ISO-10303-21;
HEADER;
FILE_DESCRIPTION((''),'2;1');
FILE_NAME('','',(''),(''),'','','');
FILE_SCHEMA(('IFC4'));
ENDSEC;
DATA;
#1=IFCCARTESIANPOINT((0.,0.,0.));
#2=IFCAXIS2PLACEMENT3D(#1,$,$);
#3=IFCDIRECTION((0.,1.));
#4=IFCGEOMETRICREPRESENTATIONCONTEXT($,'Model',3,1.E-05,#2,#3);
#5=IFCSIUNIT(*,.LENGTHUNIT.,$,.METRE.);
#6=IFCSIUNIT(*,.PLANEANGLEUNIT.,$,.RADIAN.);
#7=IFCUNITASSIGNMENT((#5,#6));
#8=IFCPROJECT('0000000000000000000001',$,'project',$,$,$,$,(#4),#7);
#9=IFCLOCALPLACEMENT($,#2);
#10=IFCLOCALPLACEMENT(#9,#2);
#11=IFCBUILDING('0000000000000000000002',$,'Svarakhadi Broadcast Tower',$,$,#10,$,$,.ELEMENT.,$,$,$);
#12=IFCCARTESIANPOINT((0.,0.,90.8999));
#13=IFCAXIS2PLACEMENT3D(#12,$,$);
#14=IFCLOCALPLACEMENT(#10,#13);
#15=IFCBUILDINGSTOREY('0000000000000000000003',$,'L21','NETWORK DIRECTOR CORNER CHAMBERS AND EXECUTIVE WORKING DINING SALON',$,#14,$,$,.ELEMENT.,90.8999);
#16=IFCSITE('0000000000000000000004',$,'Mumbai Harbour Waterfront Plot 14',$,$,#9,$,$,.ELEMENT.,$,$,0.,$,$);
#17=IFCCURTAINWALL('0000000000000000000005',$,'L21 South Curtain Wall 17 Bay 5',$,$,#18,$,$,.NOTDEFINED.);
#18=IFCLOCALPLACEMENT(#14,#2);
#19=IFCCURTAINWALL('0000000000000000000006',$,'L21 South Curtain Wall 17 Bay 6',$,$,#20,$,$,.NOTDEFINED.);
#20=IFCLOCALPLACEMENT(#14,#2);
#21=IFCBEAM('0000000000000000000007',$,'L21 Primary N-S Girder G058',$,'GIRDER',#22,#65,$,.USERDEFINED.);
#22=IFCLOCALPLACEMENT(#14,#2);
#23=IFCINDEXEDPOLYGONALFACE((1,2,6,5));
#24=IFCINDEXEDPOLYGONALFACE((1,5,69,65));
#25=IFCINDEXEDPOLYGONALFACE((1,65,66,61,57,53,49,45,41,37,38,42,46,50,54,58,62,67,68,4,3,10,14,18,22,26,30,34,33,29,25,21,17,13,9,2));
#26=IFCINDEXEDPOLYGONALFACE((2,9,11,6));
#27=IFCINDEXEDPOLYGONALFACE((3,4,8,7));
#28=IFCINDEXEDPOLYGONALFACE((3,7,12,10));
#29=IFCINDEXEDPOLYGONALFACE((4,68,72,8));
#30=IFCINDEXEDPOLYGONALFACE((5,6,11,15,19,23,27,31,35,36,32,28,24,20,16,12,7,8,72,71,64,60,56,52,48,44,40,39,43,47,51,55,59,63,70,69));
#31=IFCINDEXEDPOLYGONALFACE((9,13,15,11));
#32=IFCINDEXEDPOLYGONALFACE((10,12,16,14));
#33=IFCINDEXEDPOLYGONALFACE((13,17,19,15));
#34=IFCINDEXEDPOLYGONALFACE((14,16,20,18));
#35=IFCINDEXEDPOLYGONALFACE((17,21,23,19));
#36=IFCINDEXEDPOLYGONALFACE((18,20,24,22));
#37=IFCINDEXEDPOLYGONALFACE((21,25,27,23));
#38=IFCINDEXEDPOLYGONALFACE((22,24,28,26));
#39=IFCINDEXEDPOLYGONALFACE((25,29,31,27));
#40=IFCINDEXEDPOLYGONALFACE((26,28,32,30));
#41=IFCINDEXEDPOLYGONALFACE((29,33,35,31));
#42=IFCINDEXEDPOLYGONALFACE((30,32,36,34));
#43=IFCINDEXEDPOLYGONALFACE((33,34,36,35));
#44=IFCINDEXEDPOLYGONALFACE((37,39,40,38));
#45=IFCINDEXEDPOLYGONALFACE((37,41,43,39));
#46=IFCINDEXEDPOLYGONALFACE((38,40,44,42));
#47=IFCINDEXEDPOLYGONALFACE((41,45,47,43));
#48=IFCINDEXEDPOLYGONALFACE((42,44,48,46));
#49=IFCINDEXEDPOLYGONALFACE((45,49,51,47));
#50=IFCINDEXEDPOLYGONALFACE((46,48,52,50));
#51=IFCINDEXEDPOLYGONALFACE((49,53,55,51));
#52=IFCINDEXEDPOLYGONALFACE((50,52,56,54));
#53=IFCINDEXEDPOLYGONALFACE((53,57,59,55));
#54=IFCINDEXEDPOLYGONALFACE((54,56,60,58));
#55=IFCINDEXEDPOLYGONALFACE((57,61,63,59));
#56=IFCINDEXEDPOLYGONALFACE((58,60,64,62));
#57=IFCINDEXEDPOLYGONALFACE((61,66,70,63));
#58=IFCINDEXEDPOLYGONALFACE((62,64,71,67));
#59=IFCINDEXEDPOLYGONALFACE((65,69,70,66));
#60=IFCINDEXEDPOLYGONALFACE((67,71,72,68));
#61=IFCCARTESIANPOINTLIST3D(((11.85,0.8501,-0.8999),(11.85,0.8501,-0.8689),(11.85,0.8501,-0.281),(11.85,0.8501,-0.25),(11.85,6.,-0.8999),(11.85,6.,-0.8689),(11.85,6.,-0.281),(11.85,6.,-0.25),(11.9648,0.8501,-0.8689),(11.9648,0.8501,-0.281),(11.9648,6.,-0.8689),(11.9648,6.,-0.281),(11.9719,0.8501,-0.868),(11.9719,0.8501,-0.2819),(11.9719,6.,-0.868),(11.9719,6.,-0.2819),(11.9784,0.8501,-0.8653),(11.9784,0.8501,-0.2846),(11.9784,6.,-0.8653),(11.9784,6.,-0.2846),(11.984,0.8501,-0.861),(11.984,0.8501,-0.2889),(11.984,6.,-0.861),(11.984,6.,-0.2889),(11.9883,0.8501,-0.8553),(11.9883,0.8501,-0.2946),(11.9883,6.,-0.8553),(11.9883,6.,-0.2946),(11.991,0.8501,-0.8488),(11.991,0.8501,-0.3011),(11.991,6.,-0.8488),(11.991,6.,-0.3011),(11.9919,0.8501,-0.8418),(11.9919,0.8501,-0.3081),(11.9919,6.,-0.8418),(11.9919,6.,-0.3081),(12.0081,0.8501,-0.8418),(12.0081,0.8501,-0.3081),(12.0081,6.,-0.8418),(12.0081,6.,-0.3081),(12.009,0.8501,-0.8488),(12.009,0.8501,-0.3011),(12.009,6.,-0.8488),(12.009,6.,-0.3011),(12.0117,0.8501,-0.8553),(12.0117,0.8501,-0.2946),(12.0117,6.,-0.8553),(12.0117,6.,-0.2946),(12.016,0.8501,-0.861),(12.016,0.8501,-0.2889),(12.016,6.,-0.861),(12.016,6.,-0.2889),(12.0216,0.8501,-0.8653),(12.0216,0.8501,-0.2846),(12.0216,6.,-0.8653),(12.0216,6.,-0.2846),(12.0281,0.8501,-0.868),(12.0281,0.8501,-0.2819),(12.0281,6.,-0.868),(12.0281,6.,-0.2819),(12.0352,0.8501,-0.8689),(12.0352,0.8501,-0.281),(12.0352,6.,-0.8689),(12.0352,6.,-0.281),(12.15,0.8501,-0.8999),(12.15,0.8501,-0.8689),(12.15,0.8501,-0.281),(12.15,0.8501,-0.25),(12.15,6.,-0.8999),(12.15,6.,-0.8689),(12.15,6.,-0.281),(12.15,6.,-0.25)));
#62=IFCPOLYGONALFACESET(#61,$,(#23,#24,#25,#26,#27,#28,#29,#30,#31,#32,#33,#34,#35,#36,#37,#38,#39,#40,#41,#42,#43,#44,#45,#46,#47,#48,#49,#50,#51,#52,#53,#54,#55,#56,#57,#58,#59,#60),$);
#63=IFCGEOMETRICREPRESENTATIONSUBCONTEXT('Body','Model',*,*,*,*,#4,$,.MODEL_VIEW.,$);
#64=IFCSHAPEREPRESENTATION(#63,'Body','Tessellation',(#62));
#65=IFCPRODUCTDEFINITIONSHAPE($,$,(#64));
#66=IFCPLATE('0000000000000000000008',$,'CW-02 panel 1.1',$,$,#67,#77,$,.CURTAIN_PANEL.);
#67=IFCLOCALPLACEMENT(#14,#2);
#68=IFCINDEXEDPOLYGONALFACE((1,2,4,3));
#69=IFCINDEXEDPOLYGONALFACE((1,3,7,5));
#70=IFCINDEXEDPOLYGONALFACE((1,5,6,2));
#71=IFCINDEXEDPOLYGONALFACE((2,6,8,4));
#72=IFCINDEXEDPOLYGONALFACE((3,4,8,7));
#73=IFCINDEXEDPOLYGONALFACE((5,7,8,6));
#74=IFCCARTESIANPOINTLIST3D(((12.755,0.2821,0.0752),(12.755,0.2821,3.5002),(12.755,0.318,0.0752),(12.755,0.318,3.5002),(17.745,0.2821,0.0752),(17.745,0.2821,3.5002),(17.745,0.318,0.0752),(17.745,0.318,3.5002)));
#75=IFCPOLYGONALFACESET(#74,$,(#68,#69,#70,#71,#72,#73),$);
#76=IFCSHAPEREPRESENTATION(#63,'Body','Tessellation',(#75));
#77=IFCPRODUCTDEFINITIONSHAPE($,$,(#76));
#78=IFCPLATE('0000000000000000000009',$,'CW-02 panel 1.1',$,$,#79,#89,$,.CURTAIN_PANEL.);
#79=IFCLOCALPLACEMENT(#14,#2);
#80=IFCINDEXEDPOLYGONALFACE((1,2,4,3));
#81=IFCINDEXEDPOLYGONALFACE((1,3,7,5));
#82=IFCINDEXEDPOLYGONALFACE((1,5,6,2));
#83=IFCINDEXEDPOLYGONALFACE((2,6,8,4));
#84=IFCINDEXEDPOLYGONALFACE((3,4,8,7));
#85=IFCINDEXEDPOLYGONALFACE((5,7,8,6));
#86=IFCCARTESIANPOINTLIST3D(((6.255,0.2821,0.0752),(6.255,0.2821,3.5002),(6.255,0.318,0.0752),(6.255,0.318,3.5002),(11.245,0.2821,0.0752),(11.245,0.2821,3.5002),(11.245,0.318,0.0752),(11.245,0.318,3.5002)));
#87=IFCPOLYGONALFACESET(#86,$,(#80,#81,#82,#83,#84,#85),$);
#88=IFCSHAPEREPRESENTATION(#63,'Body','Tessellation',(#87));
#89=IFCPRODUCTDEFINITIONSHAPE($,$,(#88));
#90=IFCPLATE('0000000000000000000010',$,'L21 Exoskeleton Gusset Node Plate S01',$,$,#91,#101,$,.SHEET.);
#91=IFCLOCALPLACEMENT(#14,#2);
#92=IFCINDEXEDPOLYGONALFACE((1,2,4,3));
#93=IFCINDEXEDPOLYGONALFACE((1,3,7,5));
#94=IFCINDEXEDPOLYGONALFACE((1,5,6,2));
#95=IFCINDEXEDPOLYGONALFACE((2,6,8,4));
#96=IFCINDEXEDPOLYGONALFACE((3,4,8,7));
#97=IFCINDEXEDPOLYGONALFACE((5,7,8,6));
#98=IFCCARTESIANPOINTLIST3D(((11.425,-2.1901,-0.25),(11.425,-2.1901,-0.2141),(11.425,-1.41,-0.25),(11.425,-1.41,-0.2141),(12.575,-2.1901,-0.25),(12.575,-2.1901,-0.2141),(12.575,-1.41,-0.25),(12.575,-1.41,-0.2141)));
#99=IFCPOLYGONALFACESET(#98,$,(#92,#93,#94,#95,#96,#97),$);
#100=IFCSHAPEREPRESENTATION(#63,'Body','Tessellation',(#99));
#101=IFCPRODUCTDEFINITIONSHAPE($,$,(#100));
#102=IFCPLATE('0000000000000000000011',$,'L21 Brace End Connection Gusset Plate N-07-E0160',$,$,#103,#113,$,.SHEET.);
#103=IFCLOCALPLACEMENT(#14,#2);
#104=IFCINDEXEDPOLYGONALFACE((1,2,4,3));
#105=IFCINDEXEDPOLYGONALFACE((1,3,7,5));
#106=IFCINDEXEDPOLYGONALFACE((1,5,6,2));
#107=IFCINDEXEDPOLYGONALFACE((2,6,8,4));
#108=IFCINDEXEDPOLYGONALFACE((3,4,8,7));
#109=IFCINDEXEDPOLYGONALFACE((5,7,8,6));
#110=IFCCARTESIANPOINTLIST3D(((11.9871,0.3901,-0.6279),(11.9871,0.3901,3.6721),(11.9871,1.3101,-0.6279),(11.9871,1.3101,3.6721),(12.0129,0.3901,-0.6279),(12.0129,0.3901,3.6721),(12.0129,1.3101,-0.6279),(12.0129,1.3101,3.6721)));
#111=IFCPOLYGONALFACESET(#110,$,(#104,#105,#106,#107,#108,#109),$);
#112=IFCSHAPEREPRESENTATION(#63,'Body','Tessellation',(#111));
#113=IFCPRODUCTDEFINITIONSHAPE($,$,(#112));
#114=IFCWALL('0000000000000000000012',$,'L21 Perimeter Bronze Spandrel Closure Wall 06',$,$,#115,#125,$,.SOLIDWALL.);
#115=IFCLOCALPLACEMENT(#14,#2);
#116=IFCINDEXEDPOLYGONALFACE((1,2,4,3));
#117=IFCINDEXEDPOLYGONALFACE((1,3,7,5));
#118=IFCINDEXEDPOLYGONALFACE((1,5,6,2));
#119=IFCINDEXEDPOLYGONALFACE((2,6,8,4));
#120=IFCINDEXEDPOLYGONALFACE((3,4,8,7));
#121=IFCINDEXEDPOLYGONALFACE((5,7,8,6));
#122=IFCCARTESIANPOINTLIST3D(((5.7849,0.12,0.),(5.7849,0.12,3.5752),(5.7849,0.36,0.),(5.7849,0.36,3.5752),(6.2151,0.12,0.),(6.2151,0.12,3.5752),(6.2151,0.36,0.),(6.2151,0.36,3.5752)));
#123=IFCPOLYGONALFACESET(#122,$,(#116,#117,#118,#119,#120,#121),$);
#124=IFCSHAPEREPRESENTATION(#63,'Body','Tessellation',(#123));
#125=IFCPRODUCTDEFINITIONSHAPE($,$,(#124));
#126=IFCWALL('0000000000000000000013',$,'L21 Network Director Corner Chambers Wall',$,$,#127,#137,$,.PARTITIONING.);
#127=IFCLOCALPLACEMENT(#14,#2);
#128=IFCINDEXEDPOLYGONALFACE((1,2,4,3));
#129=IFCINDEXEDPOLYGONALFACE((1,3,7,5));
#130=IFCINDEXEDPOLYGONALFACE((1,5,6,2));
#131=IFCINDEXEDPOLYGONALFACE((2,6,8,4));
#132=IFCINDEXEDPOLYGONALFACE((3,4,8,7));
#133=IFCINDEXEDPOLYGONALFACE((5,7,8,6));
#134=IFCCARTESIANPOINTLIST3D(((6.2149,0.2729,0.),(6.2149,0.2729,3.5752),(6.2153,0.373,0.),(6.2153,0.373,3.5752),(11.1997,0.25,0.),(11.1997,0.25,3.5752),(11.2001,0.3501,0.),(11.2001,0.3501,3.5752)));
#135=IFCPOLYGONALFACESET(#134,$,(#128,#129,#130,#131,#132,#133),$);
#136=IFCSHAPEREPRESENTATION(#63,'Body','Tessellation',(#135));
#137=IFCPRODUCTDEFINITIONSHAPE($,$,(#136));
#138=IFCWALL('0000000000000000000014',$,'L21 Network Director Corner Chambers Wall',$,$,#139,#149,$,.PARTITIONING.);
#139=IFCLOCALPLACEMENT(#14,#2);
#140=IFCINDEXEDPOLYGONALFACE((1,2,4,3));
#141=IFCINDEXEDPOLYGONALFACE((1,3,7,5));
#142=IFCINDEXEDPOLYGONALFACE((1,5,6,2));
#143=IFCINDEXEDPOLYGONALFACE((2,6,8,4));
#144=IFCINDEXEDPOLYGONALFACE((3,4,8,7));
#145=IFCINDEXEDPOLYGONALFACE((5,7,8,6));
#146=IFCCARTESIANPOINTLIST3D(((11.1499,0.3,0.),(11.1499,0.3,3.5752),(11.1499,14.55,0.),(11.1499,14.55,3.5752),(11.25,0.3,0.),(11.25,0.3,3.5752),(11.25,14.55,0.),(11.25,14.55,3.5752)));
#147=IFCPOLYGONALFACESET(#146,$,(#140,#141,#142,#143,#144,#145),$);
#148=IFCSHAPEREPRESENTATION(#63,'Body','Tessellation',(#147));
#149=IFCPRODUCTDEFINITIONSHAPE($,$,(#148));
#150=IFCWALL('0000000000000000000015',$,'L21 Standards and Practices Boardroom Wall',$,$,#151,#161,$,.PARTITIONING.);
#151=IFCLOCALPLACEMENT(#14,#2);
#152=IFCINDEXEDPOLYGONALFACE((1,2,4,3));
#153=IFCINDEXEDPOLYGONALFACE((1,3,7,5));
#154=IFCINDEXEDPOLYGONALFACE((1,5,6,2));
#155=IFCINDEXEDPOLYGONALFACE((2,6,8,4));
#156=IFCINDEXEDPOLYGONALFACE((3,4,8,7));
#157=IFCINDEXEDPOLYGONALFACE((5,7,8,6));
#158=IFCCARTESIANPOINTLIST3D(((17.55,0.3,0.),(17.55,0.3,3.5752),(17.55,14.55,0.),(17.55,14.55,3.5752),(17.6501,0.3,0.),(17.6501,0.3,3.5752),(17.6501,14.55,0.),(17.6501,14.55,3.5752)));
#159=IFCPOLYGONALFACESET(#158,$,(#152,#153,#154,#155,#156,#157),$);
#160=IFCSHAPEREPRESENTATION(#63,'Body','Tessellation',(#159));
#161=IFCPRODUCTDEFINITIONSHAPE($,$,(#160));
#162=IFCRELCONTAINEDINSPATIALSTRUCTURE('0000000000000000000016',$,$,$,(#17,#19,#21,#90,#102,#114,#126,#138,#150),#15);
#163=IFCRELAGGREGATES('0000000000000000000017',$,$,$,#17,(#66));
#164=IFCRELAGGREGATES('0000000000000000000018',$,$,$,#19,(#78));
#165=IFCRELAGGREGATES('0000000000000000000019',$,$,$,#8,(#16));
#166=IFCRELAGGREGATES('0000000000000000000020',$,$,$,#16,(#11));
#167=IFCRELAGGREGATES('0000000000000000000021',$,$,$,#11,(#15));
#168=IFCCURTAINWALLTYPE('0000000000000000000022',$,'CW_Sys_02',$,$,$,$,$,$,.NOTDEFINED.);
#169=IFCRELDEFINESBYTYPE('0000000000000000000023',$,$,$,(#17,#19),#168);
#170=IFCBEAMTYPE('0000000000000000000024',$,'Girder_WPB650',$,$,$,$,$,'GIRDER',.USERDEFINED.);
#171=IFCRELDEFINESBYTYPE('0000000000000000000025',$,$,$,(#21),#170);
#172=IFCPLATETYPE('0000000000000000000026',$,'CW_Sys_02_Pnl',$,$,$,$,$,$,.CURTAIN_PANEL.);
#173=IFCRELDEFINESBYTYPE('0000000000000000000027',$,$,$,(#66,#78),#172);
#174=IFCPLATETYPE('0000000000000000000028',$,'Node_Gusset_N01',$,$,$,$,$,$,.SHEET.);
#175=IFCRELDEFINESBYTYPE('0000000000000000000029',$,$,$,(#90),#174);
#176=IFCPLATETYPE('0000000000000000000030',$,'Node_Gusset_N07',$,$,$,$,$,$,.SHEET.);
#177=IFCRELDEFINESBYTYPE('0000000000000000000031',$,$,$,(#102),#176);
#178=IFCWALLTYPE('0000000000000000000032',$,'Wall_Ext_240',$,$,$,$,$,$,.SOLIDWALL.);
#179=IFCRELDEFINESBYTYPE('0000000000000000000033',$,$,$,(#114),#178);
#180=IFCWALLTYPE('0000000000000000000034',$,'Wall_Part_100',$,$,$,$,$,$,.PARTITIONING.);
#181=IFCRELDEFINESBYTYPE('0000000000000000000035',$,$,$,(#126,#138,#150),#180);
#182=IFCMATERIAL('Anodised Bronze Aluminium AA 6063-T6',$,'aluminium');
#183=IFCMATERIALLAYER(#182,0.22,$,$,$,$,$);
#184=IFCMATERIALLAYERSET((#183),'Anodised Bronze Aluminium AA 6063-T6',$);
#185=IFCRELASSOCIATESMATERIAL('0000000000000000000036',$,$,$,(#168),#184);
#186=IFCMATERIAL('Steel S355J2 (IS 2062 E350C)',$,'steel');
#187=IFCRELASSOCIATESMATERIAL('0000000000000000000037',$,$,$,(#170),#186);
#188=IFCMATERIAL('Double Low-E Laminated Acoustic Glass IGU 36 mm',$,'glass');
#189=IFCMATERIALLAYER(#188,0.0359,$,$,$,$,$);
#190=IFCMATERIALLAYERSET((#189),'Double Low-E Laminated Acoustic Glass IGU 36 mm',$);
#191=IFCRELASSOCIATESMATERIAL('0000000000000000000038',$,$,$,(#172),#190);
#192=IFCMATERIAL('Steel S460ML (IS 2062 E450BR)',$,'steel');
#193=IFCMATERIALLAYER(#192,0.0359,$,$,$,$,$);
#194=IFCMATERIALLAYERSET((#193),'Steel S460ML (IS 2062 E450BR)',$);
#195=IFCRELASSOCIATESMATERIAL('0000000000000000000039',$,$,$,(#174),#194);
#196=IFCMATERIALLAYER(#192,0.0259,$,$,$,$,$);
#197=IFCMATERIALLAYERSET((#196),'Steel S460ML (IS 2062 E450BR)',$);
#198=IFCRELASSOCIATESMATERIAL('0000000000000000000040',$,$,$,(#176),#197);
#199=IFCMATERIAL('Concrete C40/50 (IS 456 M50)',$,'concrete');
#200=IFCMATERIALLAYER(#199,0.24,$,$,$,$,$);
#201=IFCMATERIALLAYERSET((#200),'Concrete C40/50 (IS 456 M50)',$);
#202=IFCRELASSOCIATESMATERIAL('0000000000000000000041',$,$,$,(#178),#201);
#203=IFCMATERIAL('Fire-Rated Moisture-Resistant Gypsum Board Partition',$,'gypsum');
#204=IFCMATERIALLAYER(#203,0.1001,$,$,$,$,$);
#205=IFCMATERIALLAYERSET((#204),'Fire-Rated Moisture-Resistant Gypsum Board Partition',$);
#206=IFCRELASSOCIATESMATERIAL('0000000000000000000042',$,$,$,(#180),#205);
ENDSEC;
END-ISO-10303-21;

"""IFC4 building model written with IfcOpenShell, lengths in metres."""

from ifc_helpers import new_model, si_unit, direction, frame, frame_2d, origin, origin_2d, place, context, subcontext, project, spatial, rectangle, i_section, extrude, material, layer, layer_set, material_profile, profile_set, type_object, element, aggregate, save


model = new_model("IFC4")

# Units and contexts
model_context = context("Model", 3, precision=1e-05, world=origin(), true_north=direction((0.0, 1.0)))
body_context = subcontext(model_context, "Body", "Model", "MODEL_VIEW")
ifc_project = project(units=[si_unit("LENGTHUNIT", "METRE"), si_unit("PLANEANGLEUNIT", "RADIAN")], contexts=[model_context])

# Site, building, storey
site_placement = place(None, origin())
site = spatial("IfcSite", under=ifc_project, at=site_placement, Name="Mumbai Harbour Waterfront Plot 14", CompositionType="ELEMENT", RefElevation=0.0)
building_placement = place(site_placement, origin())
building = spatial("IfcBuilding", under=site, at=building_placement, Name="Svarakhadi Broadcast Tower", CompositionType="ELEMENT")
storey_placement = place(building_placement, frame((0.0, 0.0, 90.8999)))
storey = spatial("IfcBuildingStorey", under=building, at=storey_placement, Name="L21", Description="NETWORK DIRECTOR CORNER CHAMBERS AND EXECUTIVE WORKING DINING SALON", CompositionType="ELEMENT", Elevation=90.8999)

# Shared definitions
ifc_material_1 = material(Name="Steel S460ML (IS 2062 E450BR)", Category="steel")

# Shared definitions
ifc_material_2 = material(Name="Steel S355J2 (IS 2062 E350C)", Category="steel")

# Curtain walls
ifc_material_3 = material(Name="Anodised Bronze Aluminium AA 6063-T6", Category="aluminium")
ifc_layer_1 = layer(ifc_material_3, 0.22)
ifc_layer_set_1 = layer_set([ifc_layer_1], Name="Anodised Bronze Aluminium AA 6063-T6")
curtain_wall_type = type_object("IfcCurtainWallType", Name="CW_Sys_02", PredefinedType="NOTDEFINED", material=ifc_layer_set_1)
curtain_wall_1_placement = place(storey_placement, origin())
curtain_wall_1 = element("IfcCurtainWall", 1, at=curtain_wall_1_placement, inside=storey, type_object=curtain_wall_type, Name="L21 South Curtain Wall 17 Bay 5", PredefinedType="NOTDEFINED")
curtain_wall_2_placement = place(storey_placement, origin())
curtain_wall_2 = element("IfcCurtainWall", 2, at=curtain_wall_2_placement, inside=storey, type_object=curtain_wall_type, Name="L21 South Curtain Wall 17 Bay 6", PredefinedType="NOTDEFINED")

# Beam
ifc_material_profile_1 = material_profile(ifc_material_2, i_section(OverallWidth=0.3, OverallDepth=0.6499, WebThickness=0.0161, FlangeThickness=0.031, FilletRadius=0.0271, at=origin_2d()), Name="WPB 650x300x225")
ifc_profile_set_1 = profile_set([ifc_material_profile_1], Name="Steel S355J2 (IS 2062 E350C)")
beam_type_1 = type_object("IfcBeamType", Name="Girder_WPB650", ElementType="GIRDER", PredefinedType="USERDEFINED", material=ifc_profile_set_1)
beam_1_placement = place(storey_placement, frame((12.0, 0.8501, -0.575), z_axis=(0.0, 1.0, 0.0), x_axis=(-1.0, 0.0, 0.0)))
element("IfcBeam", 3, at=beam_1_placement, inside=storey, type_object=beam_type_1, Name="L21 Primary N-S Girder G058", ObjectType="GIRDER", PredefinedType="USERDEFINED", context=body_context, shape_type="SweptSolid", body=[
    extrude(i_section(OverallWidth=0.3, OverallDepth=0.6499, WebThickness=0.0161, FlangeThickness=0.031, FilletRadius=0.0271, at=origin_2d()), origin(), (0.0, 0.0, 1.0), 5.1499),
])

# Plates
ifc_material_4 = material(Name="Double Low-E Laminated Acoustic Glass IGU 36 mm", Category="glass")
ifc_layer_2 = layer(ifc_material_4, 0.0359)
ifc_layer_set_2 = layer_set([ifc_layer_2], Name="Double Low-E Laminated Acoustic Glass IGU 36 mm")
plate_type_1 = type_object("IfcPlateType", Name="CW_Sys_02_Pnl", PredefinedType="CURTAIN_PANEL", material=ifc_layer_set_2)
plate_1_placement = place(storey_placement, frame((15.25, 0.3, 0.0752), z_axis=(0.0, 0.0, 1.0), x_axis=(-1.0, 0.0, 0.0)))
plate_1 = element("IfcPlate", 4, at=plate_1_placement, type_object=plate_type_1, Name="CW-02 panel 1.1", PredefinedType="CURTAIN_PANEL", context=body_context, shape_type="SweptSolid", body=[
    extrude(rectangle(XDim=4.99, YDim=0.0359, at=origin_2d()), origin(), (0.0, 0.0, 1.0), 3.425),
])
aggregate(curtain_wall_1, [plate_1])
plate_2_placement = place(storey_placement, frame((8.75, 0.3, 0.0752), z_axis=(0.0, 0.0, 1.0), x_axis=(-1.0, 0.0, 0.0)))
plate_2 = element("IfcPlate", 5, at=plate_2_placement, type_object=plate_type_1, Name="CW-02 panel 1.1", PredefinedType="CURTAIN_PANEL", context=body_context, shape_type="SweptSolid", body=[
    extrude(rectangle(XDim=4.99, YDim=0.0359, at=origin_2d()), origin(), (0.0, 0.0, 1.0), 3.425),
])
aggregate(curtain_wall_2, [plate_2])

# Plates
ifc_layer_3 = layer(ifc_material_1, 0.0359)
ifc_layer_set_3 = layer_set([ifc_layer_3], Name="Steel S460ML (IS 2062 E450BR)")
plate_type_2 = type_object("IfcPlateType", Name="Node_Gusset_N01", PredefinedType="SHEET", material=ifc_layer_set_3)
plate_3_placement = place(storey_placement, frame((12.0, -1.8, -0.25), z_axis=(0.0, 0.0, 1.0), x_axis=(1.0, 0.0, 0.0)))
element("IfcPlate", 6, at=plate_3_placement, inside=storey, type_object=plate_type_2, Name="L21 Exoskeleton Gusset Node Plate S01", PredefinedType="SHEET", context=body_context, shape_type="SweptSolid", body=[
    extrude(rectangle(XDim=1.1499, YDim=0.78, at=origin_2d()), origin(), (0.0, 0.0, 1.0), 0.0359),
])
ifc_layer_4 = layer(ifc_material_1, 0.0259)
ifc_layer_set_4 = layer_set([ifc_layer_4], Name="Steel S460ML (IS 2062 E450BR)")
plate_type_3 = type_object("IfcPlateType", Name="Node_Gusset_N07", PredefinedType="SHEET", material=ifc_layer_set_4)
plate_4_placement = place(storey_placement, frame((12.0, 0.8501, -0.6279), z_axis=(0.0, 0.0, 1.0), x_axis=(0.0, 1.0, 0.0)))
element("IfcPlate", 7, at=plate_4_placement, inside=storey, type_object=plate_type_3, Name="L21 Brace End Connection Gusset Plate N-07-E0160", PredefinedType="SHEET", context=body_context, shape_type="SweptSolid", body=[
    extrude(rectangle(XDim=0.9199, YDim=0.0259, at=origin_2d()), origin(), (0.0, 0.0, 1.0), 4.3),
])

# Walls
ifc_material_5 = material(Name="Concrete C40/50 (IS 456 M50)", Category="concrete")
ifc_layer_5 = layer(ifc_material_5, 0.24)
ifc_layer_set_5 = layer_set([ifc_layer_5], Name="Concrete C40/50 (IS 456 M50)")
wall_type_1 = type_object("IfcWallType", Name="Wall_Ext_240", PredefinedType="SOLIDWALL", material=ifc_layer_set_5)
wall_1_placement = place(storey_placement, frame((6.2151, 0.24, 0.0), z_axis=(0.0, 0.0, 1.0), x_axis=(-1.0, 0.0, 0.0)))
element("IfcWall", 8, at=wall_1_placement, inside=storey, type_object=wall_type_1, Name="L21 Perimeter Bronze Spandrel Closure Wall 06", PredefinedType="SOLIDWALL", context=body_context, shape_type="SweptSolid", body=[
    extrude(rectangle(XDim=0.4302, YDim=0.24, at=frame_2d((0.2151, 0.0))), origin(), (0.0, 0.0, 1.0), 3.5752),
])
ifc_material_6 = material(Name="Fire-Rated Moisture-Resistant Gypsum Board Partition", Category="gypsum")
ifc_layer_6 = layer(ifc_material_6, 0.1001)
ifc_layer_set_6 = layer_set([ifc_layer_6], Name="Fire-Rated Moisture-Resistant Gypsum Board Partition")
wall_type_2 = type_object("IfcWallType", Name="Wall_Part_100", PredefinedType="PARTITIONING", material=ifc_layer_set_6)
wall_2_placement = place(storey_placement, frame((6.2151, 0.323, 0.0), z_axis=(0.0, 0.0, 1.0), x_axis=(0.999989, -0.004604, 0.0)))
element("IfcWall", 9, at=wall_2_placement, inside=storey, type_object=wall_type_2, Name="L21 Network Director Corner Chambers Wall", PredefinedType="PARTITIONING", context=body_context, shape_type="SweptSolid", body=[
    extrude(rectangle(XDim=4.9849, YDim=0.1001, at=frame_2d((2.4924, 0.0))), origin(), (0.0, 0.0, 1.0), 3.5752),
])
for number, where, z_axis, x_axis, name in (
    (10, (11.2, 0.3, 0.0), (0.0, 0.0, 1.0), (0.0, 1.0, 0.0), "L21 Network Director Corner Chambers Wall"),
    (11, (17.6001, 0.3, 0.0), (0.0, 0.0, 1.0), (0.0, 1.0, 0.0), "L21 Standards and Practices Boardroom Wall"),
):
    element("IfcWall", number, at=place(storey_placement, frame(where, z_axis=z_axis, x_axis=x_axis)), inside=storey, type_object=wall_type_2, Name=name, PredefinedType="PARTITIONING", context=body_context, shape_type="SweptSolid", body=[
        extrude(rectangle(XDim=14.25, YDim=0.1001, at=frame_2d((7.125, 0.0))), origin(), (0.0, 0.0, 1.0), 3.5752),
    ])

save(model, "model.ifc")
